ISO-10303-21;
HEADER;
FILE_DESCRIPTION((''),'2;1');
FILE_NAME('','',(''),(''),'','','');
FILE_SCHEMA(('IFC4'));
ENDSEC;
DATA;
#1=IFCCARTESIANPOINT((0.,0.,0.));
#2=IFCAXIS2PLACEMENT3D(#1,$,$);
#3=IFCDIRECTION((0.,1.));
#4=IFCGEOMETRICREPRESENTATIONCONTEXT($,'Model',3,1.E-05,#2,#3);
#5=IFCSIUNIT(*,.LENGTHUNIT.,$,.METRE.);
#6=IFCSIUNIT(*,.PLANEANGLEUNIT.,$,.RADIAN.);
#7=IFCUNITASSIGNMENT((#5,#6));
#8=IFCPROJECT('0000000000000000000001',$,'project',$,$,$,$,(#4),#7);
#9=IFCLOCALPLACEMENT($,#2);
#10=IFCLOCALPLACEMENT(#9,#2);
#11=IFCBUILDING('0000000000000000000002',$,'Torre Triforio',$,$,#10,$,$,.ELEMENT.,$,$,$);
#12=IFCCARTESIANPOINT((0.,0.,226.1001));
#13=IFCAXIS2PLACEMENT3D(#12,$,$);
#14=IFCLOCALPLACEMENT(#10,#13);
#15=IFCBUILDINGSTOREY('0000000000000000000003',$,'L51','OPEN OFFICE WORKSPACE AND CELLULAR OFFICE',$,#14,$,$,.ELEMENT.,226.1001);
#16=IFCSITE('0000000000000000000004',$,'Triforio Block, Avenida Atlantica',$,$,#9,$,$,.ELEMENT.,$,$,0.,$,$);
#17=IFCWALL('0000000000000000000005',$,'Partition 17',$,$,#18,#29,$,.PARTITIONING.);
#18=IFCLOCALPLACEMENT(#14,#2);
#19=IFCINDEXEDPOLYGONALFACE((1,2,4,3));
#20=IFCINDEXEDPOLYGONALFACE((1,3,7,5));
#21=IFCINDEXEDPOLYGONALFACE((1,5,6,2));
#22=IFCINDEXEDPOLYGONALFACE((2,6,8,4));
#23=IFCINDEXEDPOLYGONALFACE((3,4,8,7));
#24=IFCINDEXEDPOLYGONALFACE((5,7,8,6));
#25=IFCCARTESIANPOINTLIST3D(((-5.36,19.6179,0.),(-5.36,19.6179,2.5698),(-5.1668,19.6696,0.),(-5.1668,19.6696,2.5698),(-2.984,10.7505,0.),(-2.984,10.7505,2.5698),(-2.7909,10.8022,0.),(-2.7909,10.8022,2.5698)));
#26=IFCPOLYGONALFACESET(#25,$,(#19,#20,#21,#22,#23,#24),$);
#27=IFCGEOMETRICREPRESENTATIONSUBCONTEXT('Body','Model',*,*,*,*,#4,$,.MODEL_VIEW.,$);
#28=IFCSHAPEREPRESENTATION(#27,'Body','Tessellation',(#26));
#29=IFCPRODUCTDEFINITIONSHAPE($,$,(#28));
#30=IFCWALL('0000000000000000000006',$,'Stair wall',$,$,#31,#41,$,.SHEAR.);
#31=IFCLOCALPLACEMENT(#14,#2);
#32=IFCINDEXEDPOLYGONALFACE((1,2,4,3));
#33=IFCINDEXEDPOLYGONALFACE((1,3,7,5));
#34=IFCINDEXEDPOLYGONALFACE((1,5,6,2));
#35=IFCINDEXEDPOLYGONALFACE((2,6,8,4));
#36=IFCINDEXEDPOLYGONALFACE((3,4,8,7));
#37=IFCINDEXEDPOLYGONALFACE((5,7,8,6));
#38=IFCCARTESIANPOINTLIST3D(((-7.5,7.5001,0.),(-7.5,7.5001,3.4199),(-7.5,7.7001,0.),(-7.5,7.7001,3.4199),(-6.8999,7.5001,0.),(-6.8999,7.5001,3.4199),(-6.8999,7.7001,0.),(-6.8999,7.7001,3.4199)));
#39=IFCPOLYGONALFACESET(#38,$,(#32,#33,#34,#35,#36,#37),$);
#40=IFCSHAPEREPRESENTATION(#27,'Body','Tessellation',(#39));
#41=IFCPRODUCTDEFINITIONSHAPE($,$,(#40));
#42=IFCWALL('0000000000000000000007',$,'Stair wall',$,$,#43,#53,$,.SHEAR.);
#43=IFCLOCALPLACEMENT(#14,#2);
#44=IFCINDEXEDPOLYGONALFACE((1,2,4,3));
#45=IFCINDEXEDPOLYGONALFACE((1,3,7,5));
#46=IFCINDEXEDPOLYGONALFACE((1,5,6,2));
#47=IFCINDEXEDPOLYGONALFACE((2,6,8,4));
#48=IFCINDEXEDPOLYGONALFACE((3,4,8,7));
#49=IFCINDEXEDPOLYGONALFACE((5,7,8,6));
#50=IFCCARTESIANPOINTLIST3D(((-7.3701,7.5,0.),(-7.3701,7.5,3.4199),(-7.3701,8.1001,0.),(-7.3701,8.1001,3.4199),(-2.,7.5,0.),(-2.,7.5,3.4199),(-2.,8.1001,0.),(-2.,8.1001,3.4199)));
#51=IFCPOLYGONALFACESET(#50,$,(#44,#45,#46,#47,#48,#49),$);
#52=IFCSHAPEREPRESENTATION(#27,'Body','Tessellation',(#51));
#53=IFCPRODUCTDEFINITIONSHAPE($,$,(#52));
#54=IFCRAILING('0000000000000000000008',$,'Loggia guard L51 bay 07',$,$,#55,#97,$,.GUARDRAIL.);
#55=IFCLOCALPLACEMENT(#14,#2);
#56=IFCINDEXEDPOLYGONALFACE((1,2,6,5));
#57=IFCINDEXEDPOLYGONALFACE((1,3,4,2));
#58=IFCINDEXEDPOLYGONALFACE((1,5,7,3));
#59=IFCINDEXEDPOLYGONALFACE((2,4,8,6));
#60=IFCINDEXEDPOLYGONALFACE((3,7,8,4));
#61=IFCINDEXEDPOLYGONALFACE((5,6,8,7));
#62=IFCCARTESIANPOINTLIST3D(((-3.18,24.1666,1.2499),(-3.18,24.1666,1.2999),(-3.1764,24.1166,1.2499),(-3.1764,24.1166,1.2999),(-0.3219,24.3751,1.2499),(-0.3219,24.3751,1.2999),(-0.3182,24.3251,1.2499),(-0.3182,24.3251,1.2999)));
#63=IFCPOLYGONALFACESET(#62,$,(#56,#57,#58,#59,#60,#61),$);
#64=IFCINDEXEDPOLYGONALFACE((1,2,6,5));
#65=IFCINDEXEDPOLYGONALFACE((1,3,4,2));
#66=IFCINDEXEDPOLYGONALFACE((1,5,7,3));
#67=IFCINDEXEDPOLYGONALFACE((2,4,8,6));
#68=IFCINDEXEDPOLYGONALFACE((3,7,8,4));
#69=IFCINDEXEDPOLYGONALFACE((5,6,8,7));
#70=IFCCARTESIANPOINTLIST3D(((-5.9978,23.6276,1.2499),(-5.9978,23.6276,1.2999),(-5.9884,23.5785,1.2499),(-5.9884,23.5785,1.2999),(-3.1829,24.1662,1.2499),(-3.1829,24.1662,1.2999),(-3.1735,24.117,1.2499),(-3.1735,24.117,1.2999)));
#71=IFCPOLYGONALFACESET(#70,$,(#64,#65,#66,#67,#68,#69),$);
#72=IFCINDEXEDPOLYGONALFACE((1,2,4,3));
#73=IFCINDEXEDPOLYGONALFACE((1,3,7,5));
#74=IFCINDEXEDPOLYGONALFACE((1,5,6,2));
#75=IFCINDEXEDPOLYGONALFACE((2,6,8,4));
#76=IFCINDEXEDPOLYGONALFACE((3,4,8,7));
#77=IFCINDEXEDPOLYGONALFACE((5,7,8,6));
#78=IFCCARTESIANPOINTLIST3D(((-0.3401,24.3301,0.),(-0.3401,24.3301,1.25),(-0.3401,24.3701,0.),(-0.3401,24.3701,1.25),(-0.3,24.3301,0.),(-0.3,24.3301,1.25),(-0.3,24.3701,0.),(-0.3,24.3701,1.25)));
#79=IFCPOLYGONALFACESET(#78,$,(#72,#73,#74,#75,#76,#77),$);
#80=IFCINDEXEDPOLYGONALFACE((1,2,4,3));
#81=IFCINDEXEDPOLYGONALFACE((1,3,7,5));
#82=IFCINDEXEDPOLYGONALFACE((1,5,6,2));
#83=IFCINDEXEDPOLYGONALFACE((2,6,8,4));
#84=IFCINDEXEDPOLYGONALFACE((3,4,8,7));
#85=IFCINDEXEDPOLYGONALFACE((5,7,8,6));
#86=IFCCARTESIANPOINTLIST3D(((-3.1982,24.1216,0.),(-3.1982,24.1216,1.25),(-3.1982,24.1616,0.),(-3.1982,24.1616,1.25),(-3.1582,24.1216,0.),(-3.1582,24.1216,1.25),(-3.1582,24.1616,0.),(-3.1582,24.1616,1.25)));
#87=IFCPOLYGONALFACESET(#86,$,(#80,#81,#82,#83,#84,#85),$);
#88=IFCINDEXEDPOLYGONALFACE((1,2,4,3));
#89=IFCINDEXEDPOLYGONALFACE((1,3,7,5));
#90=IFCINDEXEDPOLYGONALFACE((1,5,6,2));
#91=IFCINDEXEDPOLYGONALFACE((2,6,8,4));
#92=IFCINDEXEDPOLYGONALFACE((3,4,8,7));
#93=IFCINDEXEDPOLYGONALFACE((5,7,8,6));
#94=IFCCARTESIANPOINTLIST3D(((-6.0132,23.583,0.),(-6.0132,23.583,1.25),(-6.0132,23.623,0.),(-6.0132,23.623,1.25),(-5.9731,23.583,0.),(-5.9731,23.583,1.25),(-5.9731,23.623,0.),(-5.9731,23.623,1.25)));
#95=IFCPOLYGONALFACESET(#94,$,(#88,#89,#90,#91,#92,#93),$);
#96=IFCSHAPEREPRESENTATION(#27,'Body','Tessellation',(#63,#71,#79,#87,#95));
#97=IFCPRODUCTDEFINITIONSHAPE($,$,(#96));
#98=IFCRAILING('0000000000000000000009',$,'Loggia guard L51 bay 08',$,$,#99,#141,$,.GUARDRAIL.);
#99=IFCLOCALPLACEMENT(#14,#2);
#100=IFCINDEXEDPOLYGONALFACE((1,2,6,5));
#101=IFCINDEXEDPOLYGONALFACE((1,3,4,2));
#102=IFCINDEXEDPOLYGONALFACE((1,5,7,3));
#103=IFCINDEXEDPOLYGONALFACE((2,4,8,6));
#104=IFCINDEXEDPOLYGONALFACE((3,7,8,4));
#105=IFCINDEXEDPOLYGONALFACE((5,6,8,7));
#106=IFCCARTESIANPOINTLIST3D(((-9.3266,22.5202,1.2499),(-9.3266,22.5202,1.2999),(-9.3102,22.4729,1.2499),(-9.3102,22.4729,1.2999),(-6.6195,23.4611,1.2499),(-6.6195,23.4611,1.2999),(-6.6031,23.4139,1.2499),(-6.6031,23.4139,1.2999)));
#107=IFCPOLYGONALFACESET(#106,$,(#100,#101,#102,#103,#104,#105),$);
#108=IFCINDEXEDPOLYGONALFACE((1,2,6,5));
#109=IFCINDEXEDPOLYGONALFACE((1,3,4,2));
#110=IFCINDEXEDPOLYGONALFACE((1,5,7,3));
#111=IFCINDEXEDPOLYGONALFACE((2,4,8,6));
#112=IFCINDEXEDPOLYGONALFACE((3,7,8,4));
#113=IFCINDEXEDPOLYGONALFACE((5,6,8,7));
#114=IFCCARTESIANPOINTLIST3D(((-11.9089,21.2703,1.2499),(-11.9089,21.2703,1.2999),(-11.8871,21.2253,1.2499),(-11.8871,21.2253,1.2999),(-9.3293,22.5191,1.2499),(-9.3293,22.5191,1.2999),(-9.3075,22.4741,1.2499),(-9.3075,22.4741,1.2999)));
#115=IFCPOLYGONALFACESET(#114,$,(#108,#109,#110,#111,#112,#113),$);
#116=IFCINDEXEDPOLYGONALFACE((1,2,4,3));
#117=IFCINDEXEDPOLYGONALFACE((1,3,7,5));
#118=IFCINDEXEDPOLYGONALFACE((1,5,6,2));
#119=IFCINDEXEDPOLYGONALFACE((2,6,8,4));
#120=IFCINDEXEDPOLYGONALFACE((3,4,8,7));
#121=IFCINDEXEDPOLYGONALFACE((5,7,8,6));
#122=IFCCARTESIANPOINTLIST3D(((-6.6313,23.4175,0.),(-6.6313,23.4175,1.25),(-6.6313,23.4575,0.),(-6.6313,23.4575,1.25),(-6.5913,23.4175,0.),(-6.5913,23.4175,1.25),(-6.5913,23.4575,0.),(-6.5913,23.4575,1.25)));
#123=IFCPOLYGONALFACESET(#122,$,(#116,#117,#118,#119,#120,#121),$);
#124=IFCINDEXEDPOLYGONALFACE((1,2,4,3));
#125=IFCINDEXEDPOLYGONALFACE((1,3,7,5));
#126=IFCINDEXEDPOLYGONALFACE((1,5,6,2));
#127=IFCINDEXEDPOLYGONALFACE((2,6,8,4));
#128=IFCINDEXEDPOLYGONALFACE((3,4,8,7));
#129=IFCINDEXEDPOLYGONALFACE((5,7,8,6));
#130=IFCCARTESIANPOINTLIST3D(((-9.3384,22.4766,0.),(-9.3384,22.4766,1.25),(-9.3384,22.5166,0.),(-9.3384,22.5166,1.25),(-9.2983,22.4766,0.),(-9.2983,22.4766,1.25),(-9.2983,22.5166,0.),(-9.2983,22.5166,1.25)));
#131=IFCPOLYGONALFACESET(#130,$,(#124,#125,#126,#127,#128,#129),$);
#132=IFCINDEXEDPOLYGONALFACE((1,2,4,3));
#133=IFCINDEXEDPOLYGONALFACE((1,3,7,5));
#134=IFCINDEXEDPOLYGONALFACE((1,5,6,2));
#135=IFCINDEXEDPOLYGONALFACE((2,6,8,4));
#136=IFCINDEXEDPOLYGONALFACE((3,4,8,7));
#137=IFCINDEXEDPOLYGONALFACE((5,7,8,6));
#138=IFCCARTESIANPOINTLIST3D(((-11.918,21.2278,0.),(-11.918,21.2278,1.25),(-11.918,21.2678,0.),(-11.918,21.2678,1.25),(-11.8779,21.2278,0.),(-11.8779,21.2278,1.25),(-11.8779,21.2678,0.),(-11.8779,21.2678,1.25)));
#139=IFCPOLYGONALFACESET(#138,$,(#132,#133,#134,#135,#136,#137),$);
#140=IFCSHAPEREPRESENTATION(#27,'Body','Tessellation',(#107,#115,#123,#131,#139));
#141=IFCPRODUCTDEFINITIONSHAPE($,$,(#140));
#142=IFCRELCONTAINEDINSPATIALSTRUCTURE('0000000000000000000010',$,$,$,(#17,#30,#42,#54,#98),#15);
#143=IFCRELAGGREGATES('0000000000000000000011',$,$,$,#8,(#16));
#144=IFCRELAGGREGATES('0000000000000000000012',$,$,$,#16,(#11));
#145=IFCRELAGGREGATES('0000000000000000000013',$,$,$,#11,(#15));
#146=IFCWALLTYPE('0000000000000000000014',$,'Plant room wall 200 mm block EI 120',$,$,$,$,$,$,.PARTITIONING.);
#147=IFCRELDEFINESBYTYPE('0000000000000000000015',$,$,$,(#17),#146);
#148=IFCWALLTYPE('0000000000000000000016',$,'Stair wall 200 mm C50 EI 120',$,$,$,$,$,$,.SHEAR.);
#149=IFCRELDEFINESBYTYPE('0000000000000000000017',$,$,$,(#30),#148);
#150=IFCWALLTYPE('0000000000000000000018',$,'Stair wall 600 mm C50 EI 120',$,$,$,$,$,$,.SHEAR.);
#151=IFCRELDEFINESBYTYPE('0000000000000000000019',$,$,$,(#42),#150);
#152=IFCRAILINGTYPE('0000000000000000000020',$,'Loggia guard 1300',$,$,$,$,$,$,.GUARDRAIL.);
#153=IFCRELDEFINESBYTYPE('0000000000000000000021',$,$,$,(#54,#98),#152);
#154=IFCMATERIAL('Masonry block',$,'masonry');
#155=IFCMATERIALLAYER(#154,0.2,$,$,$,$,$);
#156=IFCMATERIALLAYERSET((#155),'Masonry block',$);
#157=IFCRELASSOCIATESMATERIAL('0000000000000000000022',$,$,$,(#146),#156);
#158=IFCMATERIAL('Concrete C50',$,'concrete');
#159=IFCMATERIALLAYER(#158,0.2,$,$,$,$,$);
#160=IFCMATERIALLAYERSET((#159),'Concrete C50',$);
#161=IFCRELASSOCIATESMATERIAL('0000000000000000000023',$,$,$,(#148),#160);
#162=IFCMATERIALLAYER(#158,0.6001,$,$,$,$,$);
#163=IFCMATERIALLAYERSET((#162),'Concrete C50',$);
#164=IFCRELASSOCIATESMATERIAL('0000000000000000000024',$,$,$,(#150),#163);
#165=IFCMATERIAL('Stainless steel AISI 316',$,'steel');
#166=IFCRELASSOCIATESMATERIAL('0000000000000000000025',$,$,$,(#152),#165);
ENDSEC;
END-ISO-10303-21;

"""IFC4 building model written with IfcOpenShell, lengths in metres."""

from ifc_helpers import new_model, si_unit, direction, frame, frame_2d, origin, origin_2d, place, context, subcontext, project, spatial, rectangle, extrude, material, layer, layer_set, type_object, element, save


model = new_model("IFC4")

# Units and contexts
model_context = context("Model", 3, precision=1e-05, world=origin(), true_north=direction((0.0, 1.0)))
body_context = subcontext(model_context, "Body", "Model", "MODEL_VIEW")
ifc_project = project(units=[si_unit("LENGTHUNIT", "METRE"), si_unit("PLANEANGLEUNIT", "RADIAN")], contexts=[model_context])

# Site, building, storey
site_placement = place(None, origin())
site = spatial("IfcSite", under=ifc_project, at=site_placement, Name="Triforio Block, Avenida Atlantica", CompositionType="ELEMENT", RefElevation=0.0)
building_placement = place(site_placement, origin())
building = spatial("IfcBuilding", under=site, at=building_placement, Name="Torre Triforio", CompositionType="ELEMENT")
storey_placement = place(building_placement, frame((0.0, 0.0, 226.1001)))
storey = spatial("IfcBuildingStorey", under=building, at=storey_placement, Name="L51", Description="OPEN OFFICE WORKSPACE AND CELLULAR OFFICE", CompositionType="ELEMENT", Elevation=226.1001)

# Shared definitions
ifc_material_1 = material(Name="Concrete C50", Category="concrete")

# Shared definitions
ifc_material_2 = material(Name="Masonry block", Category="masonry")
ifc_layer_1 = layer(ifc_material_2, 0.2)
ifc_layer_set_1 = layer_set([ifc_layer_1], Name="Masonry block")
wall_type_1 = type_object("IfcWallType", Name="Plant room wall 200 mm block EI 120", PredefinedType="PARTITIONING", material=ifc_layer_set_1)

# Walls
wall_1_placement = place(storey_placement, frame((-2.8875, 10.7764, 0.0), z_axis=(0.0, 0.0, 1.0), x_axis=(-0.258815, 0.965927, 0.0)))
element("IfcWall", 1, at=wall_1_placement, inside=storey, type_object=wall_type_1, Name="Partition 17", PredefinedType="PARTITIONING", context=body_context, shape_type="SweptSolid", body=[
    extrude(rectangle(XDim=9.1802, YDim=0.2, at=frame_2d((4.5901, 0.0))), origin(), (0.0, 0.0, 1.0), 2.5698),
])
ifc_layer_2 = layer(ifc_material_1, 0.2)
ifc_layer_set_2 = layer_set([ifc_layer_2], Name="Concrete C50")
wall_type_2 = type_object("IfcWallType", Name="Stair wall 200 mm C50 EI 120", PredefinedType="SHEAR", material=ifc_layer_set_2)
wall_2_placement = place(storey_placement, frame((-7.5, 7.6001, 0.0), z_axis=(0.0, 0.0, 1.0), x_axis=(1.0, 0.0, 0.0)))
element("IfcWall", 2, at=wall_2_placement, inside=storey, type_object=wall_type_2, Name="Stair wall", PredefinedType="SHEAR", context=body_context, shape_type="SweptSolid", body=[
    extrude(rectangle(XDim=0.6001, YDim=0.2, at=frame_2d((0.3, 0.0))), origin(), (0.0, 0.0, 1.0), 3.4199),
])
ifc_layer_3 = layer(ifc_material_1, 0.6001)
ifc_layer_set_3 = layer_set([ifc_layer_3], Name="Concrete C50")
wall_type_3 = type_object("IfcWallType", Name="Stair wall 600 mm C50 EI 120", PredefinedType="SHEAR", material=ifc_layer_set_3)
wall_3_placement = place(storey_placement, frame((-7.3701, 7.8, 0.0), z_axis=(0.0, 0.0, 1.0), x_axis=(1.0, 0.0, 0.0)))
element("IfcWall", 3, at=wall_3_placement, inside=storey, type_object=wall_type_3, Name="Stair wall", PredefinedType="SHEAR", context=body_context, shape_type="SweptSolid", body=[
    extrude(rectangle(XDim=5.3701, YDim=0.6001, at=frame_2d((2.6851, 0.0))), origin(), (0.0, 0.0, 1.0), 3.4199),
])

# Railings
ifc_material_3 = material(Name="Stainless steel AISI 316", Category="steel")
railing_type = type_object("IfcRailingType", Name="Loggia guard 1300", PredefinedType="GUARDRAIL", material=ifc_material_3)
railing_1_placement = place(storey_placement, frame((-0.3201, 24.3501, 0.0)))
element("IfcRailing", 4, at=railing_1_placement, inside=storey, type_object=railing_type, Name="Loggia guard L51 bay 07", PredefinedType="GUARDRAIL", context=body_context, shape_type="SweptSolid", body=[
    extrude(rectangle(XDim=0.05, YDim=0.05, at=origin_2d()), frame((0.0, 0.0, 1.2749), z_axis=(-0.99735, -0.072754, 0.0), x_axis=(0.072754, -0.99735, 0.0)), (0.0, 0.0, 1.0), 2.8657),
    extrude(rectangle(XDim=0.05, YDim=0.05, at=origin_2d()), frame((-2.8582, -0.2085, 1.2749), z_axis=(-0.982185, -0.187918, 0.0), x_axis=(0.187918, -0.982185, 0.0)), (0.0, 0.0, 1.0), 2.866),
    extrude(rectangle(XDim=0.04, YDim=0.04, at=origin_2d()), origin(), (0.0, 0.0, 1.0), 1.25),
    extrude(rectangle(XDim=0.04, YDim=0.04, at=origin_2d()), frame((-2.8582, -0.2085, 0.0)), (0.0, 0.0, 1.0), 1.25),
    extrude(rectangle(XDim=0.04, YDim=0.04, at=origin_2d()), frame((-5.6731, -0.7471, 0.0)), (0.0, 0.0, 1.0), 1.25),
])
railing_2_placement = place(storey_placement, frame((-6.6113, 23.4375, 0.0)))
element("IfcRailing", 5, at=railing_2_placement, inside=storey, type_object=railing_type, Name="Loggia guard L51 bay 08", PredefinedType="GUARDRAIL", context=body_context, shape_type="SweptSolid", body=[
    extrude(rectangle(XDim=0.05, YDim=0.05, at=origin_2d()), frame((0.0, 0.0, 1.2749), z_axis=(-0.944568, -0.328316, 0.0), x_axis=(0.328316, -0.944568, 0.0)), (0.0, 0.0, 1.0), 2.866),
    extrude(rectangle(XDim=0.05, YDim=0.05, at=origin_2d()), frame((-2.707, -0.9409, 1.2749), z_axis=(-0.900078, -0.435728, 0.0), x_axis=(0.435728, -0.900078, 0.0)), (0.0, 0.0, 1.0), 2.866),
    extrude(rectangle(XDim=0.04, YDim=0.04, at=origin_2d()), origin(), (0.0, 0.0, 1.0), 1.25),
    extrude(rectangle(XDim=0.04, YDim=0.04, at=origin_2d()), frame((-2.707, -0.9409, 0.0)), (0.0, 0.0, 1.0), 1.25),
    extrude(rectangle(XDim=0.04, YDim=0.04, at=origin_2d()), frame((-5.2866, -2.1897, 0.0)), (0.0, 0.0, 1.0), 1.25),
])

save(model, "model.ifc")
